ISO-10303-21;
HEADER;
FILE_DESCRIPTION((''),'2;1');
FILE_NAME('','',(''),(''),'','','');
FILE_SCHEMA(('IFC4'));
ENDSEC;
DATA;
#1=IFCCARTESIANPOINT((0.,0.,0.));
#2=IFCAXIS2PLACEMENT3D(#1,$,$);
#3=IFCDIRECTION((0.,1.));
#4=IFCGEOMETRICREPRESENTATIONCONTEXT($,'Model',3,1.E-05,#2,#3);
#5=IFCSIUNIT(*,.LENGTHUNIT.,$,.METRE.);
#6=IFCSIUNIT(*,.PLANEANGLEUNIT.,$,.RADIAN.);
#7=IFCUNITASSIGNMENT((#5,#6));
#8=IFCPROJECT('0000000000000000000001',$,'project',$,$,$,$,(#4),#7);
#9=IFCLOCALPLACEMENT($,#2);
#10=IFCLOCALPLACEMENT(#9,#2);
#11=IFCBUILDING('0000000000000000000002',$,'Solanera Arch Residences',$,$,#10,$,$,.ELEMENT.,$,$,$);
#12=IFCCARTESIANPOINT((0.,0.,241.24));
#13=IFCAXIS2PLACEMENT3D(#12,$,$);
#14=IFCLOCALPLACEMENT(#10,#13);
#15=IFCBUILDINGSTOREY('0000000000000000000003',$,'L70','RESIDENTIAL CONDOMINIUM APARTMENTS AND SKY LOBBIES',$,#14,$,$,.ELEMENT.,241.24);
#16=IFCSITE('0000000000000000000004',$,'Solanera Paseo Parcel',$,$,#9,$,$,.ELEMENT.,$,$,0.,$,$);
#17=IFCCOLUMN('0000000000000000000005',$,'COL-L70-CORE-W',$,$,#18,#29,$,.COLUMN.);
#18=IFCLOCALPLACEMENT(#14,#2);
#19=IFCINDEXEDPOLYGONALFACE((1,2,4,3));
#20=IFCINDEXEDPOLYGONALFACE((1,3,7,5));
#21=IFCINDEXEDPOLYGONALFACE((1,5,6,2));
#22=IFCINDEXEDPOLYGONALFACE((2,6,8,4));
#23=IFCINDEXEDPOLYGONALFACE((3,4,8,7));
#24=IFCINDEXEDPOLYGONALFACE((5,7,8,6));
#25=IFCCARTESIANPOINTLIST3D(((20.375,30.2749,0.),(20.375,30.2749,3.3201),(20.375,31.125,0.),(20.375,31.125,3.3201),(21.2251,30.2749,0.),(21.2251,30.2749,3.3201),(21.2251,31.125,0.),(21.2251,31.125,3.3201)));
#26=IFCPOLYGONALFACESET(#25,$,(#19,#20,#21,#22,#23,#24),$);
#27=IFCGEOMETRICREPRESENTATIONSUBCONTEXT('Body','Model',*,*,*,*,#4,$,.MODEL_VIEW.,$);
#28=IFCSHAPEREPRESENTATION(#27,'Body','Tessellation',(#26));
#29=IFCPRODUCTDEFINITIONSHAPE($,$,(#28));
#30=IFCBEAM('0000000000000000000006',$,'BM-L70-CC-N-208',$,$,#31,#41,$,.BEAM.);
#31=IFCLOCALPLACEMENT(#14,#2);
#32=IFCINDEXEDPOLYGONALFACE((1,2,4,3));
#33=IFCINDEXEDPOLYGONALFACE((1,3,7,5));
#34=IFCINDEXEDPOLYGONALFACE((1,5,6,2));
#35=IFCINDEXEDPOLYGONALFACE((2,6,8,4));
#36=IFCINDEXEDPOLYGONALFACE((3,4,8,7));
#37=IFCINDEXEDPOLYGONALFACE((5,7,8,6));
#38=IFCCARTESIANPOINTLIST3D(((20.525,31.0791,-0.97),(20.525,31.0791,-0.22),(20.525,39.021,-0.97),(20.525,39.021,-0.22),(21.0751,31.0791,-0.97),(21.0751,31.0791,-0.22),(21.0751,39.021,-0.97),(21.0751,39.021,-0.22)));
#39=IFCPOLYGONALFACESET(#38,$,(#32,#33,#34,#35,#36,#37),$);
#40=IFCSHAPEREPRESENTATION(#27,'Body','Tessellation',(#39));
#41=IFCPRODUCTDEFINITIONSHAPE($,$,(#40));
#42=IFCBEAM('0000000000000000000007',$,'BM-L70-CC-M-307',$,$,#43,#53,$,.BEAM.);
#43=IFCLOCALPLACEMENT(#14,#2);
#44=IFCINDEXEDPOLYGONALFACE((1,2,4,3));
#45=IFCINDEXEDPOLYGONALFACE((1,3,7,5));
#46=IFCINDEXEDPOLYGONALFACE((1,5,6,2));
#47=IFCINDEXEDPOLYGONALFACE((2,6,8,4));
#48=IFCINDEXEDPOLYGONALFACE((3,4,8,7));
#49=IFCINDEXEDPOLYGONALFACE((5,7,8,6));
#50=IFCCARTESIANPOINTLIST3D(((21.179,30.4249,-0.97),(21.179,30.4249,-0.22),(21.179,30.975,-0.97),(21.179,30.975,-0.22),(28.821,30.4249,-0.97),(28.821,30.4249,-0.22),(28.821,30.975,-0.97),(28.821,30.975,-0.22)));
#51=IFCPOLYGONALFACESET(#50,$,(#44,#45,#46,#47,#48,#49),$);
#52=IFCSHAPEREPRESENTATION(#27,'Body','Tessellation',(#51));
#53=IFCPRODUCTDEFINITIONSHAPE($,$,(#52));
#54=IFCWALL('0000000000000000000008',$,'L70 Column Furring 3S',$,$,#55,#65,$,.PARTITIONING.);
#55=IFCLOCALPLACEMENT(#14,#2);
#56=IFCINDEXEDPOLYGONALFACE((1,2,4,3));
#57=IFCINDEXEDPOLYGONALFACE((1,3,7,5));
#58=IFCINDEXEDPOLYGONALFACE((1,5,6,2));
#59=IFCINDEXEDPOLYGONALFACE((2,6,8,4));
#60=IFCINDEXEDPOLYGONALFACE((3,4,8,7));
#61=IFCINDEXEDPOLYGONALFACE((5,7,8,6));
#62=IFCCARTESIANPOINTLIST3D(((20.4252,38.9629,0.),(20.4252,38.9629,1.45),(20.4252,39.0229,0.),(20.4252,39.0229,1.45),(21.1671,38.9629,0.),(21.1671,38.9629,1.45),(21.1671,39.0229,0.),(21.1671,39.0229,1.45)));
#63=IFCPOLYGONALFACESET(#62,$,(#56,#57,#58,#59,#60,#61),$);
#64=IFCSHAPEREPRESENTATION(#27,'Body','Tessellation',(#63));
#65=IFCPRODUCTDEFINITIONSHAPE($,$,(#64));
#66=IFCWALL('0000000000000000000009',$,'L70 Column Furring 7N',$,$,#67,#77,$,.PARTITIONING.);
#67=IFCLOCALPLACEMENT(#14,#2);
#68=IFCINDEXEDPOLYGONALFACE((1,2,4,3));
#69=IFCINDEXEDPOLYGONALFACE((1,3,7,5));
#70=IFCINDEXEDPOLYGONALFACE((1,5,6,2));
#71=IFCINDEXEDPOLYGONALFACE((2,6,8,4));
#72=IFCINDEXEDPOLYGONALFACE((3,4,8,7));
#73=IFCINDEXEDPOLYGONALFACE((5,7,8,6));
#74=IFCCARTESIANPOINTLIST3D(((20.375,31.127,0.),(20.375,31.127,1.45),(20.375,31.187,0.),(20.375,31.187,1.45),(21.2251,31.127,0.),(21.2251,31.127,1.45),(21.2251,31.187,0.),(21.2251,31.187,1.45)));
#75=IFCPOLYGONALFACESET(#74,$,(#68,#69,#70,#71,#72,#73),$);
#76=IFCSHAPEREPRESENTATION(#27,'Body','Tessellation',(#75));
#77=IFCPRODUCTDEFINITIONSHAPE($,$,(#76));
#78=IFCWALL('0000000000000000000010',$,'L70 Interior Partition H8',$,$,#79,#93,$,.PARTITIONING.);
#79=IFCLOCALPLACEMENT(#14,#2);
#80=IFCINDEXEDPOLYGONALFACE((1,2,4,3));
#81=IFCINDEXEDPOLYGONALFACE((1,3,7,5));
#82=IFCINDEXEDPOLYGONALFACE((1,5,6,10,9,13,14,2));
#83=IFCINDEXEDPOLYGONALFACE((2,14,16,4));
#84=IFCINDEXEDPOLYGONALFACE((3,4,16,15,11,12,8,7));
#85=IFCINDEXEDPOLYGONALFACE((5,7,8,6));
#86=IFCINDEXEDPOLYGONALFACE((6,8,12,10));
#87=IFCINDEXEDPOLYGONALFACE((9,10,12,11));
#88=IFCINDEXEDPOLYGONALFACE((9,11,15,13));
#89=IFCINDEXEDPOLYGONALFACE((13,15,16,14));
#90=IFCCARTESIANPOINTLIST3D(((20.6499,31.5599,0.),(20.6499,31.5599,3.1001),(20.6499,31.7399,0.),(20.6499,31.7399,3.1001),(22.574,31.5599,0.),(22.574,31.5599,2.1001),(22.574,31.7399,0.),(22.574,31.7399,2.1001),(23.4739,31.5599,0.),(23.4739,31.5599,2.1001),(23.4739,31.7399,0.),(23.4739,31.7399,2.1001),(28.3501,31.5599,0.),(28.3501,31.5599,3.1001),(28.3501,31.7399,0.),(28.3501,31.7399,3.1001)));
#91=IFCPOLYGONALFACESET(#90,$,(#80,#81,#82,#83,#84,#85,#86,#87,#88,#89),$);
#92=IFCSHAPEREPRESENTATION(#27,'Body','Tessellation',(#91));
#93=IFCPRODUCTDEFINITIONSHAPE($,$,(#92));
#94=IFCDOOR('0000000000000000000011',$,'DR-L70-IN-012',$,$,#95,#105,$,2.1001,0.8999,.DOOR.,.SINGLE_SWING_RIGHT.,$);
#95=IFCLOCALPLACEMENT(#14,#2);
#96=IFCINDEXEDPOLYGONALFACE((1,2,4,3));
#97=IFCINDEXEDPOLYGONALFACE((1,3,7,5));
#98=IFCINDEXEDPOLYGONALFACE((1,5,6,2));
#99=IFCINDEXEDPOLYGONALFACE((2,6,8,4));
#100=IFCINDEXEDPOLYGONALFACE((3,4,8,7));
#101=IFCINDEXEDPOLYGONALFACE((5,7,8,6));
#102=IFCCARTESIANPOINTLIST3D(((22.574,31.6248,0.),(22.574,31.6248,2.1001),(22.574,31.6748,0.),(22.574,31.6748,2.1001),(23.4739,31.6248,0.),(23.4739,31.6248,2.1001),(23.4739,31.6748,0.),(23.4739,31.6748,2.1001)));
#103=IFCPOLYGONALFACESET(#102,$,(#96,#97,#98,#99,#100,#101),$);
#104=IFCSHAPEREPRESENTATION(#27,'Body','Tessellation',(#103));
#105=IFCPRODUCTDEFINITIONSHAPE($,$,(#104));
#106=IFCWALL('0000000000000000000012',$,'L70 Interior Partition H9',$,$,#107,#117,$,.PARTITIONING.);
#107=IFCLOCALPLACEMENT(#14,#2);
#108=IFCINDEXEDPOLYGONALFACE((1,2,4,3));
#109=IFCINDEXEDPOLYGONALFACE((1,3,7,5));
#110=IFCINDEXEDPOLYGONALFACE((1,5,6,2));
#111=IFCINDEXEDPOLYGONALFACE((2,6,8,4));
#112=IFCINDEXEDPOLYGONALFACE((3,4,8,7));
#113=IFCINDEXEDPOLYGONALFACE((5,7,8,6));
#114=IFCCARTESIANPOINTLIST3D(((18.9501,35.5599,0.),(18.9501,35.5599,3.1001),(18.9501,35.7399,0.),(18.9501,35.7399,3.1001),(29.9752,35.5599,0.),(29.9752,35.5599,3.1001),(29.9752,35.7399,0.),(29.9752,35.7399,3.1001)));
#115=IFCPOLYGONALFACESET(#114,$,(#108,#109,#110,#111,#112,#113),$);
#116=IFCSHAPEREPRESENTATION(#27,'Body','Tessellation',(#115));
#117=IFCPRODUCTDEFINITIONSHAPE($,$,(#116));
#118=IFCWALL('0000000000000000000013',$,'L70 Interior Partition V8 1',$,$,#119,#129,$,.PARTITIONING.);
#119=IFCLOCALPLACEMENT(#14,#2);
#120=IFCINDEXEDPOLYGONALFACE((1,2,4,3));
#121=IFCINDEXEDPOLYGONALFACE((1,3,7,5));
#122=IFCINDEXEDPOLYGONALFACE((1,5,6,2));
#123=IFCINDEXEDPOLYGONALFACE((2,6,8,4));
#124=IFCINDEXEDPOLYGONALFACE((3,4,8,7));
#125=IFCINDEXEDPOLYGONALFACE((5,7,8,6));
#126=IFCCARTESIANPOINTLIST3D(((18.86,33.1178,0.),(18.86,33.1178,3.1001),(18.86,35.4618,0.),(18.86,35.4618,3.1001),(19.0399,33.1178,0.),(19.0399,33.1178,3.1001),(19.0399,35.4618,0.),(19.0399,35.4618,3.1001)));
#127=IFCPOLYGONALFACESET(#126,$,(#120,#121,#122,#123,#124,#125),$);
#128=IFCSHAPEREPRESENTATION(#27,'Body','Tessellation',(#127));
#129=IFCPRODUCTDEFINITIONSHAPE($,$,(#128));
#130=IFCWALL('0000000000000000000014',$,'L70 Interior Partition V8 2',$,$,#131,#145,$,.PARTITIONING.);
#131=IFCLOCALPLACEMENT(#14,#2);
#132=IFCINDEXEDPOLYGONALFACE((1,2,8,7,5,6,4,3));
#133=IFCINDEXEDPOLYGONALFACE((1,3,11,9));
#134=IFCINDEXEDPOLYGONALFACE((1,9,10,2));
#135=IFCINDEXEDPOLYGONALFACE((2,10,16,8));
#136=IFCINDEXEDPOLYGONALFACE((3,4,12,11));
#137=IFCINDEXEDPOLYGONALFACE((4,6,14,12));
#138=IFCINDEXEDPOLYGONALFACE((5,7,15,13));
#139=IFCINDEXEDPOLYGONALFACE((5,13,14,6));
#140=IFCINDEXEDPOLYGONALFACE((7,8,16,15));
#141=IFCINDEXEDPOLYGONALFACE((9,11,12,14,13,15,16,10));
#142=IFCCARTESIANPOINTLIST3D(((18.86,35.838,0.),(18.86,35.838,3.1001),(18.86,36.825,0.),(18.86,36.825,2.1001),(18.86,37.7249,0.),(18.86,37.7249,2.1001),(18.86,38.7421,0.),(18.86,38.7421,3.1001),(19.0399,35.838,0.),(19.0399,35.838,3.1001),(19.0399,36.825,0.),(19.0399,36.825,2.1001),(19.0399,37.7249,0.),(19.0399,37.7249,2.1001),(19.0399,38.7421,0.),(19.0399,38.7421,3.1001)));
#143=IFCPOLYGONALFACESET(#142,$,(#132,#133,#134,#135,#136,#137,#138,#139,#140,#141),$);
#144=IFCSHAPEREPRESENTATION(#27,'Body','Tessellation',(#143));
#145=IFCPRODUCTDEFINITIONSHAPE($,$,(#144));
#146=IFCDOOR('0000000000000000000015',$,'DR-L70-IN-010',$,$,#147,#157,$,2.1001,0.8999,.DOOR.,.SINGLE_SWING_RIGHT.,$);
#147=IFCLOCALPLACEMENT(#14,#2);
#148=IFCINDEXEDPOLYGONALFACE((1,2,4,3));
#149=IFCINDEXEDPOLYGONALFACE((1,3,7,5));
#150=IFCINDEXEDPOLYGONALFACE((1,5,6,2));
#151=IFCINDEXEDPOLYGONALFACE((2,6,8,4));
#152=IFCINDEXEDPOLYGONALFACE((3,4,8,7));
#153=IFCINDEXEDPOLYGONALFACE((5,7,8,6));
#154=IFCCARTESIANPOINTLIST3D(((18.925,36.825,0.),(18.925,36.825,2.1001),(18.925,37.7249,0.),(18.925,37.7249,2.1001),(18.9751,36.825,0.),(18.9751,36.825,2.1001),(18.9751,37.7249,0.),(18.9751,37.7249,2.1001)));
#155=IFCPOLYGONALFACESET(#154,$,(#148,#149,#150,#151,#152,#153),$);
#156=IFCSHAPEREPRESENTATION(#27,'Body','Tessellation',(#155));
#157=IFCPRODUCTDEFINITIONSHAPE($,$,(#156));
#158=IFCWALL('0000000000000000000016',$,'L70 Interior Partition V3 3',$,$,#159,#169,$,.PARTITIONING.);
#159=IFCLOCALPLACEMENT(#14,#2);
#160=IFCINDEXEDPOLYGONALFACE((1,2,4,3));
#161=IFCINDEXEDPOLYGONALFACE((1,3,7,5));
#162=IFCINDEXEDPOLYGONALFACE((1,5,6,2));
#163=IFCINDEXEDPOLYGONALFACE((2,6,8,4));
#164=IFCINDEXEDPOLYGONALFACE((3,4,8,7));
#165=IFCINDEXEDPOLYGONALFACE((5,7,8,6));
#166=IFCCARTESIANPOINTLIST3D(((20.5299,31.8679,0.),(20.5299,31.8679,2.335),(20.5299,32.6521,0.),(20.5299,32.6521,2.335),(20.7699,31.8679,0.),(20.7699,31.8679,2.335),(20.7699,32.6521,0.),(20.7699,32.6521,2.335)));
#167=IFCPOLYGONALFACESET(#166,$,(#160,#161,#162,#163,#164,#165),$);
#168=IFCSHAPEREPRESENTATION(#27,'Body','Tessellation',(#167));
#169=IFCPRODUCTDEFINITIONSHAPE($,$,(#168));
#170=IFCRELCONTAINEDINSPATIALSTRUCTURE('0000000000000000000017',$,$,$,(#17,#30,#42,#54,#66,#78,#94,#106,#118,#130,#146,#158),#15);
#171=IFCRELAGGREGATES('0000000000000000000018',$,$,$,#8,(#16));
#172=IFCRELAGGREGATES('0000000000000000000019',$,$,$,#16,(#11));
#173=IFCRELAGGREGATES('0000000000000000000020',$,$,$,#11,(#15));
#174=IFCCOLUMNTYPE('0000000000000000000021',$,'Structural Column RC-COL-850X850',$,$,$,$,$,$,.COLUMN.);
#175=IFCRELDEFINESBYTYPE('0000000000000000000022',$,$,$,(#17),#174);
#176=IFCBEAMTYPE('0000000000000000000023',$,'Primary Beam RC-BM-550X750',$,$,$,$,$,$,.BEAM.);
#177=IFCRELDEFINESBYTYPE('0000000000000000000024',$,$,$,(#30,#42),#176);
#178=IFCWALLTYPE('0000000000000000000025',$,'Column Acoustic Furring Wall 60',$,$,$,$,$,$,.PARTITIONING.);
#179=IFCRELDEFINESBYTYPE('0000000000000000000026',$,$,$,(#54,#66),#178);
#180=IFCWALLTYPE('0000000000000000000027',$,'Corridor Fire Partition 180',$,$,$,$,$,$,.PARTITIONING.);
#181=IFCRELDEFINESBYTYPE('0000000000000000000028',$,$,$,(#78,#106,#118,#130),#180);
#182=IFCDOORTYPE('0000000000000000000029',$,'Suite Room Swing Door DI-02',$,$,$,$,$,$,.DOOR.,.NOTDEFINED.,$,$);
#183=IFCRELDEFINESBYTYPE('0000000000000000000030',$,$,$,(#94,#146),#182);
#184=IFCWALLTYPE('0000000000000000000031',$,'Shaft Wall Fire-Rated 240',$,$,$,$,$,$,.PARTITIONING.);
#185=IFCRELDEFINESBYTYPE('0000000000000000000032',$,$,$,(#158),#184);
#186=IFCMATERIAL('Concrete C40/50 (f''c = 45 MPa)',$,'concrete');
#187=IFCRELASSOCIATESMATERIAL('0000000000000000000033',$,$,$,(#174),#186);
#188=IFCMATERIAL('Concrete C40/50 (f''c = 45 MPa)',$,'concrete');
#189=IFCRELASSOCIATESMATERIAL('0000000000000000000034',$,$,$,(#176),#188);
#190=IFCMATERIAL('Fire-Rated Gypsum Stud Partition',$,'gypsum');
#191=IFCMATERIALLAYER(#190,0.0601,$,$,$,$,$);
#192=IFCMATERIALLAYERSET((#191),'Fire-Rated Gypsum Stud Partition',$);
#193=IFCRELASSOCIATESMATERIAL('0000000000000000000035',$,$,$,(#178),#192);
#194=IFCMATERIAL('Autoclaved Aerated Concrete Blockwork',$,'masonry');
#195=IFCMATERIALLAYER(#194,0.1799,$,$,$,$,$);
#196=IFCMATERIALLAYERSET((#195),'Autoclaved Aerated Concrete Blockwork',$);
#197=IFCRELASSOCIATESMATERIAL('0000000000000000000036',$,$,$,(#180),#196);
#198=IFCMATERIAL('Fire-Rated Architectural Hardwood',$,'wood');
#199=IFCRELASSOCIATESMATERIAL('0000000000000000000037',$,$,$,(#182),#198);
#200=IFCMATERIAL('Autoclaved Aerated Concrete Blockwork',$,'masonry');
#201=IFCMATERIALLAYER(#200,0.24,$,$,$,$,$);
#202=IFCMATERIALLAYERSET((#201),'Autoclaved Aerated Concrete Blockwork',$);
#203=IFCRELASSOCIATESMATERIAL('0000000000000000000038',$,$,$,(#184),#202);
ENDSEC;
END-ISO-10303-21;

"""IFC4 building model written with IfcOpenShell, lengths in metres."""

from ifc_helpers import new_model, si_unit, direction, frame, frame_2d, origin, origin_2d, place, context, subcontext, project, spatial, rectangle, extrude, material, layer, layer_set, material_profile, profile_set, type_object, element, fill, save


model = new_model("IFC4")

# Units and contexts
model_context = context("Model", 3, precision=1e-05, world=origin(), true_north=direction((0.0, 1.0)))
body_context = subcontext(model_context, "Body", "Model", "MODEL_VIEW")
ifc_project = project(units=[si_unit("LENGTHUNIT", "METRE"), si_unit("PLANEANGLEUNIT", "RADIAN")], contexts=[model_context])

# Site, building, storey
site_placement = place(None, origin())
site = spatial("IfcSite", under=ifc_project, at=site_placement, Name="Solanera Paseo Parcel", CompositionType="ELEMENT", RefElevation=0.0)
building_placement = place(site_placement, origin())
building = spatial("IfcBuilding", under=site, at=building_placement, Name="Solanera Arch Residences", CompositionType="ELEMENT")
storey_placement = place(building_placement, frame((0.0, 0.0, 241.24)))
storey = spatial("IfcBuildingStorey", under=building, at=storey_placement, Name="L70", Description="RESIDENTIAL CONDOMINIUM APARTMENTS AND SKY LOBBIES", CompositionType="ELEMENT", Elevation=241.24)

# Column
ifc_material_1 = material(Name="Concrete C40/50 (f'c = 45 MPa)", Category="concrete")
ifc_material_profile_1 = material_profile(ifc_material_1, rectangle(XDim=0.8501, YDim=0.8501, at=origin_2d()))
ifc_profile_set_1 = profile_set([ifc_material_profile_1], Name="Concrete C40/50 (f'c = 45 MPa)")
column_type = type_object("IfcColumnType", Name="Structural Column RC-COL-850X850", PredefinedType="COLUMN", material=ifc_profile_set_1)
column_placement = place(storey_placement, frame((20.8, 30.7, 0.0), z_axis=(0.0, 0.0, 1.0), x_axis=(1.0, 0.0, 0.0)))
element("IfcColumn", 1, at=column_placement, inside=storey, type_object=column_type, Name="COL-L70-CORE-W", PredefinedType="COLUMN", context=body_context, shape_type="SweptSolid", body=[
    extrude(rectangle(XDim=0.8501, YDim=0.8501, at=origin_2d()), origin(), (0.0, 0.0, 1.0), 3.3201),
])

# Beams
ifc_material_2 = material(Name="Concrete C40/50 (f'c = 45 MPa)", Category="concrete")
ifc_material_profile_2 = material_profile(ifc_material_2, rectangle(XDim=0.55, YDim=0.75, at=origin_2d()))
ifc_profile_set_2 = profile_set([ifc_material_profile_2], Name="Concrete C40/50 (f'c = 45 MPa)")
beam_type = type_object("IfcBeamType", Name="Primary Beam RC-BM-550X750", PredefinedType="BEAM", material=ifc_profile_set_2)
beam_1_placement = place(storey_placement, frame((20.8, 31.0791, -0.595), z_axis=(0.0, 1.0, 0.0), x_axis=(-1.0, 0.0, 0.0)))
element("IfcBeam", 2, at=beam_1_placement, inside=storey, type_object=beam_type, Name="BM-L70-CC-N-208", PredefinedType="BEAM", context=body_context, shape_type="SweptSolid", body=[
    extrude(rectangle(XDim=0.55, YDim=0.75, at=origin_2d()), origin(), (0.0, 0.0, 1.0), 7.9419),
])
beam_2_placement = place(storey_placement, frame((21.179, 30.7, -0.595), z_axis=(1.0, 0.0, 0.0), x_axis=(0.0, 1.0, 0.0)))
element("IfcBeam", 3, at=beam_2_placement, inside=storey, type_object=beam_type, Name="BM-L70-CC-M-307", PredefinedType="BEAM", context=body_context, shape_type="SweptSolid", body=[
    extrude(rectangle(XDim=0.55, YDim=0.75, at=origin_2d()), origin(), (0.0, 0.0, 1.0), 7.6421),
])

# Walls
ifc_material_3 = material(Name="Fire-Rated Gypsum Stud Partition", Category="gypsum")
ifc_layer_1 = layer(ifc_material_3, 0.0601)
ifc_layer_set_1 = layer_set([ifc_layer_1], Name="Fire-Rated Gypsum Stud Partition")
wall_type_1 = type_object("IfcWallType", Name="Column Acoustic Furring Wall 60", PredefinedType="PARTITIONING", material=ifc_layer_set_1)
wall_1_placement = place(storey_placement, frame((20.425, 38.9929, 0.0), z_axis=(0.0, 0.0, 1.0), x_axis=(1.0, 0.0, 0.0)))
element("IfcWall", 4, at=wall_1_placement, inside=storey, type_object=wall_type_1, Name="L70 Column Furring 3S", PredefinedType="PARTITIONING", context=body_context, shape_type="SweptSolid", body=[
    extrude(rectangle(XDim=0.7419, YDim=0.0601, at=frame_2d((0.3711, 0.0))), origin(), (0.0, 0.0, 1.0), 1.45),
])
wall_2_placement = place(storey_placement, frame((20.375, 31.157, 0.0), z_axis=(0.0, 0.0, 1.0), x_axis=(1.0, 0.0, 0.0)))
element("IfcWall", 5, at=wall_2_placement, inside=storey, type_object=wall_type_1, Name="L70 Column Furring 7N", PredefinedType="PARTITIONING", context=body_context, shape_type="SweptSolid", body=[
    extrude(rectangle(XDim=0.8501, YDim=0.0601, at=frame_2d((0.425, 0.0))), origin(), (0.0, 0.0, 1.0), 1.45),
])

# Wall, opening, door
ifc_material_4 = material(Name="Autoclaved Aerated Concrete Blockwork", Category="masonry")
ifc_layer_2 = layer(ifc_material_4, 0.1799)
ifc_layer_set_2 = layer_set([ifc_layer_2], Name="Autoclaved Aerated Concrete Blockwork")
wall_type_2 = type_object("IfcWallType", Name="Corridor Fire Partition 180", PredefinedType="PARTITIONING", material=ifc_layer_set_2)
wall_3_placement = place(storey_placement, frame((20.6499, 31.6499, 0.0), z_axis=(0.0, 0.0, 1.0), x_axis=(1.0, 0.0, 0.0)))
wall_3 = element("IfcWall", 6, at=wall_3_placement, inside=storey, type_object=wall_type_2, Name="L70 Interior Partition H8", PredefinedType="PARTITIONING", context=body_context, shape_type="SweptSolid", body=[
    extrude(rectangle(XDim=7.7002, YDim=0.1799, at=frame_2d((3.8501, 0.0))), origin(), (0.0, 0.0, 1.0), 3.1001),
])
opening_1_placement = place(wall_3_placement, frame((1.9241, 0.0, 0.0)))
opening_1 = element("IfcOpeningElement", 7, at=opening_1_placement, cuts=wall_3, PredefinedType="OPENING", context=body_context, shape_type="SweptSolid", body=[
    extrude(rectangle(XDim=0.8999, YDim=2.1001, at=frame_2d((0.45, 1.05))), frame((0.0, 0.1001, 0.0), z_axis=(0.0, -1.0, 0.0), x_axis=(1.0, 0.0, 0.0)), (0.0, 0.0, 1.0), 0.1999),
])
ifc_material_5 = material(Name="Fire-Rated Architectural Hardwood", Category="wood")
door_type_1 = type_object("IfcDoorType", Name="Suite Room Swing Door DI-02", OperationType="NOTDEFINED", PredefinedType="DOOR", material=ifc_material_5)
door_1_placement = place(opening_1_placement, origin())
door_1 = element("IfcDoor", 8, at=door_1_placement, inside=storey, type_object=door_type_1, Name="DR-L70-IN-012", OperationType="SINGLE_SWING_RIGHT", OverallHeight=2.1001, OverallWidth=0.8999, PredefinedType="DOOR", context=body_context, shape_type="SweptSolid", body=[
    extrude(rectangle(XDim=0.8999, YDim=2.1001, at=frame_2d((0.45, 1.05))), frame((0.0, 0.0249, 0.0), z_axis=(0.0, -1.0, 0.0), x_axis=(1.0, 0.0, 0.0)), (0.0, 0.0, 1.0), 0.05),
])
fill(opening_1, door_1)

# Walls
wall_4_placement = place(storey_placement, frame((18.95, 35.6499, 0.0), z_axis=(0.0, 0.0, 1.0), x_axis=(1.0, 0.0, 0.0)))
element("IfcWall", 9, at=wall_4_placement, inside=storey, type_object=wall_type_2, Name="L70 Interior Partition H9", PredefinedType="PARTITIONING", context=body_context, shape_type="SweptSolid", body=[
    extrude(rectangle(XDim=11.0251, YDim=0.1799, at=frame_2d((5.5127, 0.0))), origin(), (0.0, 0.0, 1.0), 3.1001),
])
wall_5_placement = place(storey_placement, frame((18.95, 33.1179, 0.0), z_axis=(0.0, 0.0, 1.0), x_axis=(0.0, 1.0, 0.0)))
element("IfcWall", 10, at=wall_5_placement, inside=storey, type_object=wall_type_2, Name="L70 Interior Partition V8 1", PredefinedType="PARTITIONING", context=body_context, shape_type="SweptSolid", body=[
    extrude(rectangle(XDim=2.344, YDim=0.1799, at=frame_2d((1.1719, 0.0))), origin(), (0.0, 0.0, 1.0), 3.1001),
])

# Wall, opening, door
wall_6_placement = place(storey_placement, frame((18.95, 35.8379, 0.0), z_axis=(0.0, 0.0, 1.0), x_axis=(0.0, 1.0, 0.0)))
wall_6 = element("IfcWall", 11, at=wall_6_placement, inside=storey, type_object=wall_type_2, Name="L70 Interior Partition V8 2", PredefinedType="PARTITIONING", context=body_context, shape_type="SweptSolid", body=[
    extrude(rectangle(XDim=2.9041, YDim=0.1799, at=frame_2d((1.4521, 0.0))), origin(), (0.0, 0.0, 1.0), 3.1001),
])
opening_2_placement = place(wall_6_placement, frame((0.9871, 0.0, 0.0)))
opening_2 = element("IfcOpeningElement", 12, at=opening_2_placement, cuts=wall_6, PredefinedType="OPENING", context=body_context, shape_type="SweptSolid", body=[
    extrude(rectangle(XDim=0.8999, YDim=2.1001, at=frame_2d((0.45, 1.05))), frame((0.0, 0.1001, 0.0), z_axis=(0.0, -1.0, 0.0), x_axis=(1.0, 0.0, 0.0)), (0.0, 0.0, 1.0), 0.1999),
])
door_2_placement = place(opening_2_placement, origin())
door_2 = element("IfcDoor", 13, at=door_2_placement, inside=storey, type_object=door_type_1, Name="DR-L70-IN-010", OperationType="SINGLE_SWING_RIGHT", OverallHeight=2.1001, OverallWidth=0.8999, PredefinedType="DOOR", context=body_context, shape_type="SweptSolid", body=[
    extrude(rectangle(XDim=0.8999, YDim=2.1001, at=frame_2d((0.45, 1.05))), frame((0.0, 0.0249, 0.0), z_axis=(0.0, -1.0, 0.0), x_axis=(1.0, 0.0, 0.0)), (0.0, 0.0, 1.0), 0.05),
])
fill(opening_2, door_2)
ifc_material_6 = material(Name="Autoclaved Aerated Concrete Blockwork", Category="masonry")
ifc_layer_3 = layer(ifc_material_6, 0.24)
ifc_layer_set_3 = layer_set([ifc_layer_3], Name="Autoclaved Aerated Concrete Blockwork")
wall_type_3 = type_object("IfcWallType", Name="Shaft Wall Fire-Rated 240", PredefinedType="PARTITIONING", material=ifc_layer_set_3)

# Wall
wall_7_placement = place(storey_placement, frame((20.6499, 31.8679, 0.0), z_axis=(0.0, 0.0, 1.0), x_axis=(0.0, 1.0, 0.0)))
element("IfcWall", 14, at=wall_7_placement, inside=storey, type_object=wall_type_3, Name="L70 Interior Partition V3 3", PredefinedType="PARTITIONING", context=body_context, shape_type="SweptSolid", body=[
    extrude(rectangle(XDim=0.7842, YDim=0.24, at=frame_2d((0.3921, 0.0))), origin(), (0.0, 0.0, 1.0), 2.335),
])

save(model, "model.ifc")
